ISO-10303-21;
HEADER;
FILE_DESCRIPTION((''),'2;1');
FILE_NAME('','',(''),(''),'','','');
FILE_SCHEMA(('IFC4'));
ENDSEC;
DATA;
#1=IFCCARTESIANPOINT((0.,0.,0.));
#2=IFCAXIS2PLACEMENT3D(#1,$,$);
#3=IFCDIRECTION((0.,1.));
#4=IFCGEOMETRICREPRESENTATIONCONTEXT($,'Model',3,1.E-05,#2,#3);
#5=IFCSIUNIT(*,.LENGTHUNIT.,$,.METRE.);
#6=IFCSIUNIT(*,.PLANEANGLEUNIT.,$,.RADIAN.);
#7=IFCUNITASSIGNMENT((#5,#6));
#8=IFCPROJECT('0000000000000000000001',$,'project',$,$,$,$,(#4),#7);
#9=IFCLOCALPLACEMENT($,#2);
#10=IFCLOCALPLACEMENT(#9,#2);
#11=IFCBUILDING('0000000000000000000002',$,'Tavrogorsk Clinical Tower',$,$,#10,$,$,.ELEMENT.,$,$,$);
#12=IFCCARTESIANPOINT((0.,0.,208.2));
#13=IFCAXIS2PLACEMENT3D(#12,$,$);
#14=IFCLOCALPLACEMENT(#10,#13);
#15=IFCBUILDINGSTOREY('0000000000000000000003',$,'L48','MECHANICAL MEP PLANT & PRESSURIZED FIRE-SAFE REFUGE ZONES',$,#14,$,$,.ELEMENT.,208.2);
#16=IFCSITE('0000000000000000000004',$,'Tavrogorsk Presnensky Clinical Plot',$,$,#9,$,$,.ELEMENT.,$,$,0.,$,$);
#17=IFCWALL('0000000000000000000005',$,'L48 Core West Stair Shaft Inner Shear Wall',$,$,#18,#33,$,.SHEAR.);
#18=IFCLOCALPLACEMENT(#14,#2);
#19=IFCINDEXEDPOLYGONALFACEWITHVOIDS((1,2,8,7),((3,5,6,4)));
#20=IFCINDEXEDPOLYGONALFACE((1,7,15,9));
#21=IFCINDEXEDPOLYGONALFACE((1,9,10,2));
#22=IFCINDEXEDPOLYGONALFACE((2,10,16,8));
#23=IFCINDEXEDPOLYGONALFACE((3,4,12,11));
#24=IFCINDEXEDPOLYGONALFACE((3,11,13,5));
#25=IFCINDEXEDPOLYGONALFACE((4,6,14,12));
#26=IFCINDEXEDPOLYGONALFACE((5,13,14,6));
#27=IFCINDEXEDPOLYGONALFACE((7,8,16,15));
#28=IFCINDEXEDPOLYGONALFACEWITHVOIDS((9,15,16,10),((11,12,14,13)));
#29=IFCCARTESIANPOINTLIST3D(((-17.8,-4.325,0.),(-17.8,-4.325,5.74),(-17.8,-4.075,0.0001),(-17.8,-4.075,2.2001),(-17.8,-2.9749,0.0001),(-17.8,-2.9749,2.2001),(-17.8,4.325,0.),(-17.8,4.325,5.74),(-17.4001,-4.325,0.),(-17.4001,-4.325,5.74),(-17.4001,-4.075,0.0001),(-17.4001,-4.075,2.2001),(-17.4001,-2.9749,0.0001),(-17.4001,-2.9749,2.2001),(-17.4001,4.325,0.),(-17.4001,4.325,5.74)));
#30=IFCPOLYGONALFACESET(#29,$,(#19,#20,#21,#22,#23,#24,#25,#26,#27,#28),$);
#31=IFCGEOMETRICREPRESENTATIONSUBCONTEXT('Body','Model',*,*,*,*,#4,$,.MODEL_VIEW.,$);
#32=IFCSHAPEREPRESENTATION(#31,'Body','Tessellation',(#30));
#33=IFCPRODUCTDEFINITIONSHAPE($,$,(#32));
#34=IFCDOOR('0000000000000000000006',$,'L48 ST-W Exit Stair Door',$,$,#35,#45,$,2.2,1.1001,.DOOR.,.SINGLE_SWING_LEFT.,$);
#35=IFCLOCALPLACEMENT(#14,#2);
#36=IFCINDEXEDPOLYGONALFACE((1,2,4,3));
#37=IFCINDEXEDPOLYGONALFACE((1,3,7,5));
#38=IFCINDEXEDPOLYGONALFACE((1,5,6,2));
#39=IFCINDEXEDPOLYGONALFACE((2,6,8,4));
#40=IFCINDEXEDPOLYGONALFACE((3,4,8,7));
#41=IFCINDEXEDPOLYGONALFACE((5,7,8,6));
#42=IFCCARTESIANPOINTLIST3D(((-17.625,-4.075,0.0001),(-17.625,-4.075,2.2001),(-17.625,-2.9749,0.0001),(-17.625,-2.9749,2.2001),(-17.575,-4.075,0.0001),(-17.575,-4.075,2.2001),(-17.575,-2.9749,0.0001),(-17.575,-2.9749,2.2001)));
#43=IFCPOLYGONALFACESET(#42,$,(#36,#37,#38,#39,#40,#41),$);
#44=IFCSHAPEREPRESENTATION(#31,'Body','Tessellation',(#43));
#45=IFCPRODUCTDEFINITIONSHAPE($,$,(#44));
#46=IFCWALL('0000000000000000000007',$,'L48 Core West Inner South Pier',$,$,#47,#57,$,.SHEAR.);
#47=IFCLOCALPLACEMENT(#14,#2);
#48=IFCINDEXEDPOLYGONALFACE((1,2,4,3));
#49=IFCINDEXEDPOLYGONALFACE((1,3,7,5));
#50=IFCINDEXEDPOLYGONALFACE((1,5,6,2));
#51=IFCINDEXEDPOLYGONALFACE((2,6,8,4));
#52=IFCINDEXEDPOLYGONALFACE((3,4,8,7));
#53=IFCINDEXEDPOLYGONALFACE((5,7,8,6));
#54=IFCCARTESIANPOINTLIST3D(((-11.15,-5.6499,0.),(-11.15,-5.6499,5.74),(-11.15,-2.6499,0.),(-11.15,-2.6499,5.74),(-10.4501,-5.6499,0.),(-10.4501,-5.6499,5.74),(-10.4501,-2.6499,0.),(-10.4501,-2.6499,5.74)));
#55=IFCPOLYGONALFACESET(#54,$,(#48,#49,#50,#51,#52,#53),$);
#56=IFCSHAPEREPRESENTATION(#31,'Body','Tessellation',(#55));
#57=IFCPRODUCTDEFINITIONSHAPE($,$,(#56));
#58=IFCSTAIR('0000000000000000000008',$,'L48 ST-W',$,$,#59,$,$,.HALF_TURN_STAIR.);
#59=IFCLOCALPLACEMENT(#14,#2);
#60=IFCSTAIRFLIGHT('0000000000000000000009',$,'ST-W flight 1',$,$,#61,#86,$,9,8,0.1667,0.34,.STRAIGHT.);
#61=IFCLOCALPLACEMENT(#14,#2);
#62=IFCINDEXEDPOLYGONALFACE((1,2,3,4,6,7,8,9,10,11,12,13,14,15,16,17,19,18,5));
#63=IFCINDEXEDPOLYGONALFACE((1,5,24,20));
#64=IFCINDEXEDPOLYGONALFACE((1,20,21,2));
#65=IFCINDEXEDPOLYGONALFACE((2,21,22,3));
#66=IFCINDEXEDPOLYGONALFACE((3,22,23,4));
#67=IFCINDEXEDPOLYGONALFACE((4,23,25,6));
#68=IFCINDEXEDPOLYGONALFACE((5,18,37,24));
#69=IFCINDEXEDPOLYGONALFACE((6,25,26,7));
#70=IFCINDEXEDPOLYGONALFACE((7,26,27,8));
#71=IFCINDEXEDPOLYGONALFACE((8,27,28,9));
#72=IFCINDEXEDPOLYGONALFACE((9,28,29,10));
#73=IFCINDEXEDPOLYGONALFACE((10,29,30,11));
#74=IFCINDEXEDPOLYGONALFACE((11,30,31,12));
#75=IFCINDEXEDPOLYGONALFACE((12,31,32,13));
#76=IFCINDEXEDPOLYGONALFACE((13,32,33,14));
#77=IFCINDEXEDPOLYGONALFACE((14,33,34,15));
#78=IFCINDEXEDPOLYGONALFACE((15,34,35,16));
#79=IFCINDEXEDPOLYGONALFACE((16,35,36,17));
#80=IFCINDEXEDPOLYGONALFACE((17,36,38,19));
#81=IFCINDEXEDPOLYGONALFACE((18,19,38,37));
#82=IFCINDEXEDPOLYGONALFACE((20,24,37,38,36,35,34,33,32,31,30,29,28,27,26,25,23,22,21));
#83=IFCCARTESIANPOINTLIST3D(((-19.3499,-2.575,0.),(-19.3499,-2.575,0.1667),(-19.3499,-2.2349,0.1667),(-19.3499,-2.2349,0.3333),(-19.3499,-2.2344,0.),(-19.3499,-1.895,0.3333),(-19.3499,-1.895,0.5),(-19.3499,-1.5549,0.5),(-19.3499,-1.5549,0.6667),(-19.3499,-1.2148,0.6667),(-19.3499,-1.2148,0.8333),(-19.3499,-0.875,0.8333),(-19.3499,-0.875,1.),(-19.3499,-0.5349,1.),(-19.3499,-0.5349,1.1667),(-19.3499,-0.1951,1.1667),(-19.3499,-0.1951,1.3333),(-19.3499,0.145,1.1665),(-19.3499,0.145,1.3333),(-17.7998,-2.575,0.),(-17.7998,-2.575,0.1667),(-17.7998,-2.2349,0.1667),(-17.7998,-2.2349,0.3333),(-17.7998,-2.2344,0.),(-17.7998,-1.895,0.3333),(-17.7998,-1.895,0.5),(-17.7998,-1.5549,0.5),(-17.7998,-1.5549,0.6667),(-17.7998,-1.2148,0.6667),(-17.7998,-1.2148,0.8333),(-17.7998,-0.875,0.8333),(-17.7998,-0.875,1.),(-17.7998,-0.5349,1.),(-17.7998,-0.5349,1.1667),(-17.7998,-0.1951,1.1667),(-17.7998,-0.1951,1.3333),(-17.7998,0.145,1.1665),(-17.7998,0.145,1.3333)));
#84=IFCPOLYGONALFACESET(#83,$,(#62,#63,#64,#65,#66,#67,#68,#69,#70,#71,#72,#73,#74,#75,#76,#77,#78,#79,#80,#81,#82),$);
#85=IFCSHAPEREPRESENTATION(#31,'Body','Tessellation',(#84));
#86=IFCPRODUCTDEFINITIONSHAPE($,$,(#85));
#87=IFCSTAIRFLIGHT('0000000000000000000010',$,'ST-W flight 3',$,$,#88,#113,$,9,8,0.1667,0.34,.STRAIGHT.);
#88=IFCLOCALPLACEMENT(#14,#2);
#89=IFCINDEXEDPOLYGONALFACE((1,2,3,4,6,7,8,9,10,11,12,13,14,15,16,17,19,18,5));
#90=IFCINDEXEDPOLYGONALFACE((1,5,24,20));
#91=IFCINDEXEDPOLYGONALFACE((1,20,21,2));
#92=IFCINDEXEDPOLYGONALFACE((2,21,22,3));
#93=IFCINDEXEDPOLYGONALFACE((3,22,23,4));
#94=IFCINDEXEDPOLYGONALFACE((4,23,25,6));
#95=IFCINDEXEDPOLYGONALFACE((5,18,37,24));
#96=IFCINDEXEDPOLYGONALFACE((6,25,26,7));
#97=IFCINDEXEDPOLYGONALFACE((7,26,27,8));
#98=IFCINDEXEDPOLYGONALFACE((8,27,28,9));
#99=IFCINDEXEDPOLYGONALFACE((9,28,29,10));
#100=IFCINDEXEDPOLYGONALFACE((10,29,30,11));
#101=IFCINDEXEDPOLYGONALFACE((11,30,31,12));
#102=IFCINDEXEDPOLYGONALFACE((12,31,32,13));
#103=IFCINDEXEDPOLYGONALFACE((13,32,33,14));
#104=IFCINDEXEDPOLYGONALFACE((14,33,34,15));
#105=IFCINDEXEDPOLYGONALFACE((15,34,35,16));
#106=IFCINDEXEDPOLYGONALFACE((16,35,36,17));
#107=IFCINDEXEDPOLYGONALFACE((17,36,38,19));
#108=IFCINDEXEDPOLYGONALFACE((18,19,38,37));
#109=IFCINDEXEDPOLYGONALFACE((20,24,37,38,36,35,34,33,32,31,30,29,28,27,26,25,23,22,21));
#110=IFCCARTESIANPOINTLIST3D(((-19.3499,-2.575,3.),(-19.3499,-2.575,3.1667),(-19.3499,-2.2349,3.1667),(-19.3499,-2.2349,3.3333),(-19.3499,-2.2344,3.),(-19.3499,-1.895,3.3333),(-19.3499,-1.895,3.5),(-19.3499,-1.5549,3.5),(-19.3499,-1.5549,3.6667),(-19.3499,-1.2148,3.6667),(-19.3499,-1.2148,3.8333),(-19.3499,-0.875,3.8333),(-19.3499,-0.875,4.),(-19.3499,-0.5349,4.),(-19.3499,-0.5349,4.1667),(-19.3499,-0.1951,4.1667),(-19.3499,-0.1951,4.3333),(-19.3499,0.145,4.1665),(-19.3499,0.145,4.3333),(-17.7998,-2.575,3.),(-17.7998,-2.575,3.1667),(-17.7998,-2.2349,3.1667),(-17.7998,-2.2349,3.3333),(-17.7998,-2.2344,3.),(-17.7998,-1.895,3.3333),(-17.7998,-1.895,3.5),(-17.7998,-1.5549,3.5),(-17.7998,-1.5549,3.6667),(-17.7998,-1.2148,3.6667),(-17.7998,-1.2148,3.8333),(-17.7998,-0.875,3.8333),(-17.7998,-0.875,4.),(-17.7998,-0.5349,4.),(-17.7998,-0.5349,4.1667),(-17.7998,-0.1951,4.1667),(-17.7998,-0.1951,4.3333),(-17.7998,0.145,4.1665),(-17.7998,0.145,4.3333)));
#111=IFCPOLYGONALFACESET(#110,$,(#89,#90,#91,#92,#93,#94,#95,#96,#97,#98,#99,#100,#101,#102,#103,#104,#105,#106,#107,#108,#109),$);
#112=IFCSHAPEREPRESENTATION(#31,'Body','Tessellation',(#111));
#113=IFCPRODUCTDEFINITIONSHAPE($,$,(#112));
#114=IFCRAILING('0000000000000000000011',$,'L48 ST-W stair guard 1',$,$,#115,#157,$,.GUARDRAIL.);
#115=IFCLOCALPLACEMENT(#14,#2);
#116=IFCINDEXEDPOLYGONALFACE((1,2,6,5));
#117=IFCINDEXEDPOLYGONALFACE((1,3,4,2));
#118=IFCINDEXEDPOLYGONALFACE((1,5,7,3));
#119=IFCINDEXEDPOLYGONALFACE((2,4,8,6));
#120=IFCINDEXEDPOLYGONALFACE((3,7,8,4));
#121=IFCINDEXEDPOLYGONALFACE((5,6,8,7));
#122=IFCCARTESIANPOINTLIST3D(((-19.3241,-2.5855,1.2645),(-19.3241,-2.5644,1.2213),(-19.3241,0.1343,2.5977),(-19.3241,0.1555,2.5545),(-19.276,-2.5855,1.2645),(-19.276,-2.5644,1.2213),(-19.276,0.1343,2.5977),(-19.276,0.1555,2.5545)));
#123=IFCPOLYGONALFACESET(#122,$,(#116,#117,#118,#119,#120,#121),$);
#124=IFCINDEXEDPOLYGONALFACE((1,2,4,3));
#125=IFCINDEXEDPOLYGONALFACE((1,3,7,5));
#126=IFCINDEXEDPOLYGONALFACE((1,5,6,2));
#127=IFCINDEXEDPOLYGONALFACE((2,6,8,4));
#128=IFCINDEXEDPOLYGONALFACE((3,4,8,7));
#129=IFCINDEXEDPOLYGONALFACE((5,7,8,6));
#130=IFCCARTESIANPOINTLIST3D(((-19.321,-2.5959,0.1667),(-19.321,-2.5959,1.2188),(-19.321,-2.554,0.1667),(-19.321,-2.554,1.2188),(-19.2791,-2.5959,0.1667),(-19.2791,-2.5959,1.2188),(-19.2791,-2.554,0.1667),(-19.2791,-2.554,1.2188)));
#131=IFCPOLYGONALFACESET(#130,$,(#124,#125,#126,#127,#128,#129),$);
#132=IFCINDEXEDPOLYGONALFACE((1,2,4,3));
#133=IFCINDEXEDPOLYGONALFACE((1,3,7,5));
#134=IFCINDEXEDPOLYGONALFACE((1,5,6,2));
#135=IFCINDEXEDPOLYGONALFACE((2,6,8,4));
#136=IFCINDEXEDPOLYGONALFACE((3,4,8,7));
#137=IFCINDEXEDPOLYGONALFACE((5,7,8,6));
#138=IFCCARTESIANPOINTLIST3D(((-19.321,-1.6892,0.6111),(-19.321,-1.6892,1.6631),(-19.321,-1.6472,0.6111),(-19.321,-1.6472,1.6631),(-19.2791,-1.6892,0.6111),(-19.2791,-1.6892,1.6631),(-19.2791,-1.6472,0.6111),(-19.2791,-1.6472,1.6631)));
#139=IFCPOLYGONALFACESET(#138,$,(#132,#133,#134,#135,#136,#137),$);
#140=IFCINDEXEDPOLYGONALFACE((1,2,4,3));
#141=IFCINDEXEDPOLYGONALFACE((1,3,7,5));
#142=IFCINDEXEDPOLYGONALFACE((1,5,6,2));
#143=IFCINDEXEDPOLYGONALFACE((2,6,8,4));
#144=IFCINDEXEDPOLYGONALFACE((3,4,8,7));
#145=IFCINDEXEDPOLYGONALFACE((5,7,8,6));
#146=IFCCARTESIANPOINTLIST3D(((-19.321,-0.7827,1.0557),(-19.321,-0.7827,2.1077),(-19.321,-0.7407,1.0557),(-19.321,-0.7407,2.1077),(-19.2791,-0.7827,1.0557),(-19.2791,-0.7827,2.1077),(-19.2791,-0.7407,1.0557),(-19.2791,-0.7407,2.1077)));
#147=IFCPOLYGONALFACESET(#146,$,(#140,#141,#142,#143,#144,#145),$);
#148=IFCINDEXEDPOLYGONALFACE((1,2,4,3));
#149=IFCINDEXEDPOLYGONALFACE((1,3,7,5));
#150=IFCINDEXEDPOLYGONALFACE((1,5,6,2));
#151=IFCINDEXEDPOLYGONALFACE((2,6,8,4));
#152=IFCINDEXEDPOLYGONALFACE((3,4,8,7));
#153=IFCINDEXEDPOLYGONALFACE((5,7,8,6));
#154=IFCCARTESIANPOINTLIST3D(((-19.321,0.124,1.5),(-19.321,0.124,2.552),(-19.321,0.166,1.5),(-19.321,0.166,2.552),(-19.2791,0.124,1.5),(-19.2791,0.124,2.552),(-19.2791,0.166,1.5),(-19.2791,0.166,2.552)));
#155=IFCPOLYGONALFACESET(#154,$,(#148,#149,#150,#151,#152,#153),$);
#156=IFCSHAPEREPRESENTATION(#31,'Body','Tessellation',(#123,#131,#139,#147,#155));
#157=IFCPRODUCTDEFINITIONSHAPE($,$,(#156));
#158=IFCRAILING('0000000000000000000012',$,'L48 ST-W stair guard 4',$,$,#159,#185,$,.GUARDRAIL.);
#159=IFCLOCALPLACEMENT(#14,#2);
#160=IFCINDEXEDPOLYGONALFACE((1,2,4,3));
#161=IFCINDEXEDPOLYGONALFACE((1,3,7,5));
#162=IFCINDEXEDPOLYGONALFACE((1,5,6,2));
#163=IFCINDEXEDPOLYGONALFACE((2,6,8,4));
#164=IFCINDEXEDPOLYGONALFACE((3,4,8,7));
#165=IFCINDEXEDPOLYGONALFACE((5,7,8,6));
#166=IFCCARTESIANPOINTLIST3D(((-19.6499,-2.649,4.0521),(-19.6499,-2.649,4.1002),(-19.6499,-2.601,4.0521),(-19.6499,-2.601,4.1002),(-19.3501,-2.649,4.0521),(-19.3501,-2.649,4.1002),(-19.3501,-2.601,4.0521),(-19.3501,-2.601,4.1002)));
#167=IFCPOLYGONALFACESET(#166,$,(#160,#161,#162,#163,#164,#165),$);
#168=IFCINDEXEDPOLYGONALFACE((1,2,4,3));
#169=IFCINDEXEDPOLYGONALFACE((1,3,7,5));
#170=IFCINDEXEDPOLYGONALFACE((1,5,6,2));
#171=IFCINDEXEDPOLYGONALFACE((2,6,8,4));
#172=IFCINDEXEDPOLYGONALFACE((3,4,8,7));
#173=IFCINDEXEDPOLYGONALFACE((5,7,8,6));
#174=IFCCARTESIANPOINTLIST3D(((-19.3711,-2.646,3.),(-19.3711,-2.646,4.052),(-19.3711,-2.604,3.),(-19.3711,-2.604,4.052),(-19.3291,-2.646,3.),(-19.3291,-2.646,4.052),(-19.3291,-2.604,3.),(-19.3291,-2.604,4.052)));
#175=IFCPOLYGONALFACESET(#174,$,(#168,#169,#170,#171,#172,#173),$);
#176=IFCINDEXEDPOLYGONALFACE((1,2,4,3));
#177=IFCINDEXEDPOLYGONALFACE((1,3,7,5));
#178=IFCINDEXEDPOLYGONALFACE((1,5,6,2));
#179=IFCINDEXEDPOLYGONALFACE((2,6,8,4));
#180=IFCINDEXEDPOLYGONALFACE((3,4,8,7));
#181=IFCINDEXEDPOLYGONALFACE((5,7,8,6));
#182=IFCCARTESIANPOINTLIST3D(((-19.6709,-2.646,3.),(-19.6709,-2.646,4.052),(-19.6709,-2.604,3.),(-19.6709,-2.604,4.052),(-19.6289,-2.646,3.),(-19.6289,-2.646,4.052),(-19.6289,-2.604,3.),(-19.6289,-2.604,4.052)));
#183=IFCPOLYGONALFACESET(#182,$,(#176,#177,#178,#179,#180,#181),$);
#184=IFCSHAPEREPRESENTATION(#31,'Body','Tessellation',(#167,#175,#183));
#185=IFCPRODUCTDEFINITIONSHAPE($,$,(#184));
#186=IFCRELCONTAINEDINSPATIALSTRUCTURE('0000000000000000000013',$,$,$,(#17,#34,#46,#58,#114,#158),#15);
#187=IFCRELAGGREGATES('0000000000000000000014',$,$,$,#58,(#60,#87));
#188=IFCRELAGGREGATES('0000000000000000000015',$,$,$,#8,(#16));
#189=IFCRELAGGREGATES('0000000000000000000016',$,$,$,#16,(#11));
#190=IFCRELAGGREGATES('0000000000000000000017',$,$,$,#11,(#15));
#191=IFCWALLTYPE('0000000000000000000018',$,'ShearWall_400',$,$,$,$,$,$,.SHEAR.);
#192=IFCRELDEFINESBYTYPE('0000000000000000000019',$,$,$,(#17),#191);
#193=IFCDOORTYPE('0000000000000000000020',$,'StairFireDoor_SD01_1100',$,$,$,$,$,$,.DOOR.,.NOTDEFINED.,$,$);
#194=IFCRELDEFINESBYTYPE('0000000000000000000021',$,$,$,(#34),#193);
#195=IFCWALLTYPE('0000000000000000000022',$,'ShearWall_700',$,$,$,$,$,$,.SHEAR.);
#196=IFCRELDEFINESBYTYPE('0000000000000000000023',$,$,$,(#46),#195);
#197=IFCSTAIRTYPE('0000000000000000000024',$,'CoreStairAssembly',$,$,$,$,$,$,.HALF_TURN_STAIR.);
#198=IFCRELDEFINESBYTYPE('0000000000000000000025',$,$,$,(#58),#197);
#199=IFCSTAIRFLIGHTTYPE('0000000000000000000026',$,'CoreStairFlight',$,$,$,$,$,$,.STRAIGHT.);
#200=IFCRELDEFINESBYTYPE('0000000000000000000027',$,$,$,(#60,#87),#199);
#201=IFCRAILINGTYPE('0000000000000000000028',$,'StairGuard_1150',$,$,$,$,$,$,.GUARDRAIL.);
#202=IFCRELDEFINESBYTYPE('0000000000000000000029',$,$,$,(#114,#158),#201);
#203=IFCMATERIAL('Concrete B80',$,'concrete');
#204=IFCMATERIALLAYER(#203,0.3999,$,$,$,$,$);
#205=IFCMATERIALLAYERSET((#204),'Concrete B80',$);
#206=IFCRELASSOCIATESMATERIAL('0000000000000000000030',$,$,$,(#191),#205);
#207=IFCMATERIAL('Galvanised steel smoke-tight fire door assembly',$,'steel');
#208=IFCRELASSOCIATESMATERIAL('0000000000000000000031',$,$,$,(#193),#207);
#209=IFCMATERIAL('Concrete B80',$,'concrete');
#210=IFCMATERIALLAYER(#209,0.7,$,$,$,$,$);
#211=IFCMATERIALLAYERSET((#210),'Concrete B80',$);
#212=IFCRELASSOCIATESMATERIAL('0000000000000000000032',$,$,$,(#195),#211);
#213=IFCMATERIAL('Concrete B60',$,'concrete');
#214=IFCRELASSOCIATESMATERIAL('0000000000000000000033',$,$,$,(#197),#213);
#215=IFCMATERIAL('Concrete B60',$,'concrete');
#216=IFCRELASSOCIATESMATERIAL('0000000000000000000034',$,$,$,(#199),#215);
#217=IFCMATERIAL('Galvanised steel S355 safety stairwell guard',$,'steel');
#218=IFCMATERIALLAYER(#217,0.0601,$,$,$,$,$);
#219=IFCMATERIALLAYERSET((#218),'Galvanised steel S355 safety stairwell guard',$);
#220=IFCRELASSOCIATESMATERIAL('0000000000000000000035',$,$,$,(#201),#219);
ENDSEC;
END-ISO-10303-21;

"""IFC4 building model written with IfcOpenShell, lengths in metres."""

from ifc_helpers import new_model, si_unit, direction, frame, frame_2d, origin, origin_2d, place, context, subcontext, project, spatial, polyline, rectangle, outline, extrude, material, layer, layer_set, type_object, element, fill, aggregate, save


model = new_model("IFC4")

# Units and contexts
model_context = context("Model", 3, precision=1e-05, world=origin(), true_north=direction((0.0, 1.0)))
body_context = subcontext(model_context, "Body", "Model", "MODEL_VIEW")
ifc_project = project(units=[si_unit("LENGTHUNIT", "METRE"), si_unit("PLANEANGLEUNIT", "RADIAN")], contexts=[model_context])

# Site, building, storey
site_placement = place(None, origin())
site = spatial("IfcSite", under=ifc_project, at=site_placement, Name="Tavrogorsk Presnensky Clinical Plot", CompositionType="ELEMENT", RefElevation=0.0)
building_placement = place(site_placement, origin())
building = spatial("IfcBuilding", under=site, at=building_placement, Name="Tavrogorsk Clinical Tower", CompositionType="ELEMENT")
storey_placement = place(building_placement, frame((0.0, 0.0, 208.2)))
storey = spatial("IfcBuildingStorey", under=building, at=storey_placement, Name="L48", Description="MECHANICAL MEP PLANT & PRESSURIZED FIRE-SAFE REFUGE ZONES", CompositionType="ELEMENT", Elevation=208.2)

# Wall, opening, door
ifc_material_1 = material(Name="Concrete B80", Category="concrete")
ifc_layer_1 = layer(ifc_material_1, 0.3999)
ifc_layer_set_1 = layer_set([ifc_layer_1], Name="Concrete B80")
wall_type_1 = type_object("IfcWallType", Name="ShearWall_400", PredefinedType="SHEAR", material=ifc_layer_set_1)
wall_1_placement = place(storey_placement, frame((-17.6001, -4.325, 0.0), z_axis=(0.0, 0.0, 1.0), x_axis=(0.0, 1.0, 0.0)))
wall_1 = element("IfcWall", 1, at=wall_1_placement, inside=storey, type_object=wall_type_1, Name="L48 Core West Stair Shaft Inner Shear Wall", PredefinedType="SHEAR", context=body_context, shape_type="SweptSolid", body=[
    extrude(rectangle(XDim=8.6499, YDim=0.3999, at=frame_2d((4.325, 0.0))), origin(), (0.0, 0.0, 1.0), 5.74),
])
opening_1_placement = place(wall_1_placement, frame((0.25, 0.0, 0.0)))
opening_1 = element("IfcOpeningElement", 2, at=opening_1_placement, cuts=wall_1, PredefinedType="OPENING", context=body_context, shape_type="SweptSolid", body=[
    extrude(rectangle(XDim=1.1001, YDim=2.2, at=frame_2d((0.55, 1.1001))), frame((0.0, 0.21, 0.0), z_axis=(0.0, -1.0, 0.0), x_axis=(1.0, 0.0, 0.0)), (0.0, 0.0, 1.0), 0.4199),
])
ifc_material_2 = material(Name="Galvanised steel smoke-tight fire door assembly", Category="steel")
door_type_1 = type_object("IfcDoorType", Name="StairFireDoor_SD01_1100", OperationType="NOTDEFINED", PredefinedType="DOOR", material=ifc_material_2)
door_1_placement = place(opening_1_placement, origin())
door_1 = element("IfcDoor", 3, at=door_1_placement, inside=storey, type_object=door_type_1, Name="L48 ST-W Exit Stair Door", OperationType="SINGLE_SWING_LEFT", OverallHeight=2.2, OverallWidth=1.1001, PredefinedType="DOOR", context=body_context, shape_type="SweptSolid", body=[
    extrude(rectangle(XDim=1.1001, YDim=2.2, at=frame_2d((0.55, 1.1001))), frame((0.0, 0.0249, 0.0), z_axis=(0.0, -1.0, 0.0), x_axis=(1.0, 0.0, 0.0)), (0.0, 0.0, 1.0), 0.05),
])
fill(opening_1, door_1)

# Wall
ifc_material_3 = material(Name="Concrete B80", Category="concrete")
ifc_layer_2 = layer(ifc_material_3, 0.7)
ifc_layer_set_2 = layer_set([ifc_layer_2], Name="Concrete B80")
wall_type_2 = type_object("IfcWallType", Name="ShearWall_700", PredefinedType="SHEAR", material=ifc_layer_set_2)
wall_2_placement = place(storey_placement, frame((-10.8, -5.6499, 0.0), z_axis=(0.0, 0.0, 1.0), x_axis=(0.0, 1.0, 0.0)))
element("IfcWall", 4, at=wall_2_placement, inside=storey, type_object=wall_type_2, Name="L48 Core West Inner South Pier", PredefinedType="SHEAR", context=body_context, shape_type="SweptSolid", body=[
    extrude(rectangle(XDim=3.0, YDim=0.7, at=frame_2d((1.5, 0.0))), origin(), (0.0, 0.0, 1.0), 5.74),
])

# Stair, stair flights
ifc_material_4 = material(Name="Concrete B60", Category="concrete")
stair_type = type_object("IfcStairType", Name="CoreStairAssembly", PredefinedType="HALF_TURN_STAIR", material=ifc_material_4)
stair_placement = place(storey_placement, origin())
stair = element("IfcStair", 5, at=stair_placement, inside=storey, type_object=stair_type, Name="L48 ST-W", PredefinedType="HALF_TURN_STAIR")
ifc_material_5 = material(Name="Concrete B60", Category="concrete")
stair_flight_type = type_object("IfcStairFlightType", Name="CoreStairFlight", PredefinedType="STRAIGHT", material=ifc_material_5)
stair_flight_1_placement = place(storey_placement, frame((-18.575, -2.575, 0.0), z_axis=(0.0, 0.0, 1.0), x_axis=(0.0, 1.0, 0.0)))
stair_flight_1 = element("IfcStairFlight", 6, at=stair_flight_1_placement, type_object=stair_flight_type, Name="ST-W flight 1", NumberOfRisers=9, NumberOfTreads=8, PredefinedType="STRAIGHT", RiserHeight=0.1667, TreadLength=0.34, context=body_context, shape_type="SweptSolid", body=[
    extrude(outline(polyline([(0.0, 0.0), (0.0, 0.1667), (0.3401, 0.1667), (0.3401, 0.3333), (0.6799, 0.3333), (0.6799, 0.5), (1.02, 0.5), (1.02, 0.6667), (1.3601, 0.6667), (1.3601, 0.8333), (1.7, 0.8333), (1.7, 1.0), (2.04, 1.0), (2.04, 1.1667), (2.3799, 1.1667), (2.3799, 1.3333), (2.72, 1.3333), (2.72, 1.5), (2.72, 1.1665), (0.3406, 0.0), (0.0, 0.0)])), frame((0.0, 0.7749, 0.0), z_axis=(0.0, -1.0, 0.0), x_axis=(1.0, 0.0, 0.0)), (0.0, 0.0, 1.0), 1.55),
])
stair_flight_2_placement = place(storey_placement, frame((-18.575, -2.575, 3.0), z_axis=(0.0, 0.0, 1.0), x_axis=(0.0, 1.0, 0.0)))
stair_flight_2 = element("IfcStairFlight", 7, at=stair_flight_2_placement, type_object=stair_flight_type, Name="ST-W flight 3", NumberOfRisers=9, NumberOfTreads=8, PredefinedType="STRAIGHT", RiserHeight=0.1667, TreadLength=0.34, context=body_context, shape_type="SweptSolid", body=[
    extrude(outline(polyline([(0.0, 0.0), (0.0, 0.1667), (0.3401, 0.1667), (0.3401, 0.3333), (0.6799, 0.3333), (0.6799, 0.5), (1.02, 0.5), (1.02, 0.6667), (1.3601, 0.6667), (1.3601, 0.8333), (1.7, 0.8333), (1.7, 1.0), (2.04, 1.0), (2.04, 1.1667), (2.3799, 1.1667), (2.3799, 1.3333), (2.72, 1.3333), (2.72, 1.5), (2.72, 1.1665), (0.3406, 0.0), (0.0, 0.0)])), frame((0.0, 0.7749, 0.0), z_axis=(0.0, -1.0, 0.0), x_axis=(1.0, 0.0, 0.0)), (0.0, 0.0, 1.0), 1.55),
])
aggregate(stair, [stair_flight_1, stair_flight_2])

# Railings
ifc_material_6 = material(Name="Galvanised steel S355 safety stairwell guard", Category="steel")
ifc_layer_3 = layer(ifc_material_6, 0.0601)
ifc_layer_set_3 = layer_set([ifc_layer_3], Name="Galvanised steel S355 safety stairwell guard")
railing_type_1 = type_object("IfcRailingType", Name="StairGuard_1150", PredefinedType="GUARDRAIL", material=ifc_layer_set_3)
railing_1_placement = place(storey_placement, frame((-19.3, -2.575, 0.1667)))
element("IfcRailing", 8, at=railing_1_placement, inside=storey, type_object=railing_type_1, Name="L48 ST-W stair guard 1", PredefinedType="GUARDRAIL", context=body_context, shape_type="SweptSolid", body=[
    extrude(rectangle(XDim=0.0481, YDim=0.0481, at=origin_2d()), frame((0.0, 0.0, 1.0762), z_axis=(0.0, 0.897929, 0.440139), x_axis=(-1.0, 0.0, 0.0)), (0.0, 0.0, 1.0), 3.0291),
    extrude(rectangle(XDim=0.042, YDim=0.042, at=origin_2d()), origin(), (0.0, 0.0, 1.0), 1.052),
    extrude(rectangle(XDim=0.042, YDim=0.042, at=origin_2d()), frame((0.0, 0.9067, 0.4443)), (0.0, 0.0, 1.0), 1.052),
    extrude(rectangle(XDim=0.042, YDim=0.042, at=origin_2d()), frame((0.0, 1.8132, 0.8889)), (0.0, 0.0, 1.0), 1.052),
    extrude(rectangle(XDim=0.042, YDim=0.042, at=origin_2d()), frame((0.0, 2.72, 1.3333)), (0.0, 0.0, 1.0), 1.052),
])
railing_2_placement = place(storey_placement, frame((-19.3501, -2.625, 3.0)))
element("IfcRailing", 9, at=railing_2_placement, inside=storey, type_object=railing_type_1, Name="L48 ST-W stair guard 4", PredefinedType="GUARDRAIL", context=body_context, shape_type="SweptSolid", body=[
    extrude(rectangle(XDim=0.0481, YDim=0.0481, at=origin_2d()), frame((0.0, 0.0, 1.0762), z_axis=(-1.0, 0.0, 0.0), x_axis=(0.0, -1.0, 0.0)), (0.0, 0.0, 1.0), 0.2998),
    extrude(rectangle(XDim=0.042, YDim=0.042, at=origin_2d()), origin(), (0.0, 0.0, 1.0), 1.052),
    extrude(rectangle(XDim=0.042, YDim=0.042, at=origin_2d()), frame((-0.2998, 0.0, 0.0)), (0.0, 0.0, 1.0), 1.052),
])

save(model, "model.ifc")
